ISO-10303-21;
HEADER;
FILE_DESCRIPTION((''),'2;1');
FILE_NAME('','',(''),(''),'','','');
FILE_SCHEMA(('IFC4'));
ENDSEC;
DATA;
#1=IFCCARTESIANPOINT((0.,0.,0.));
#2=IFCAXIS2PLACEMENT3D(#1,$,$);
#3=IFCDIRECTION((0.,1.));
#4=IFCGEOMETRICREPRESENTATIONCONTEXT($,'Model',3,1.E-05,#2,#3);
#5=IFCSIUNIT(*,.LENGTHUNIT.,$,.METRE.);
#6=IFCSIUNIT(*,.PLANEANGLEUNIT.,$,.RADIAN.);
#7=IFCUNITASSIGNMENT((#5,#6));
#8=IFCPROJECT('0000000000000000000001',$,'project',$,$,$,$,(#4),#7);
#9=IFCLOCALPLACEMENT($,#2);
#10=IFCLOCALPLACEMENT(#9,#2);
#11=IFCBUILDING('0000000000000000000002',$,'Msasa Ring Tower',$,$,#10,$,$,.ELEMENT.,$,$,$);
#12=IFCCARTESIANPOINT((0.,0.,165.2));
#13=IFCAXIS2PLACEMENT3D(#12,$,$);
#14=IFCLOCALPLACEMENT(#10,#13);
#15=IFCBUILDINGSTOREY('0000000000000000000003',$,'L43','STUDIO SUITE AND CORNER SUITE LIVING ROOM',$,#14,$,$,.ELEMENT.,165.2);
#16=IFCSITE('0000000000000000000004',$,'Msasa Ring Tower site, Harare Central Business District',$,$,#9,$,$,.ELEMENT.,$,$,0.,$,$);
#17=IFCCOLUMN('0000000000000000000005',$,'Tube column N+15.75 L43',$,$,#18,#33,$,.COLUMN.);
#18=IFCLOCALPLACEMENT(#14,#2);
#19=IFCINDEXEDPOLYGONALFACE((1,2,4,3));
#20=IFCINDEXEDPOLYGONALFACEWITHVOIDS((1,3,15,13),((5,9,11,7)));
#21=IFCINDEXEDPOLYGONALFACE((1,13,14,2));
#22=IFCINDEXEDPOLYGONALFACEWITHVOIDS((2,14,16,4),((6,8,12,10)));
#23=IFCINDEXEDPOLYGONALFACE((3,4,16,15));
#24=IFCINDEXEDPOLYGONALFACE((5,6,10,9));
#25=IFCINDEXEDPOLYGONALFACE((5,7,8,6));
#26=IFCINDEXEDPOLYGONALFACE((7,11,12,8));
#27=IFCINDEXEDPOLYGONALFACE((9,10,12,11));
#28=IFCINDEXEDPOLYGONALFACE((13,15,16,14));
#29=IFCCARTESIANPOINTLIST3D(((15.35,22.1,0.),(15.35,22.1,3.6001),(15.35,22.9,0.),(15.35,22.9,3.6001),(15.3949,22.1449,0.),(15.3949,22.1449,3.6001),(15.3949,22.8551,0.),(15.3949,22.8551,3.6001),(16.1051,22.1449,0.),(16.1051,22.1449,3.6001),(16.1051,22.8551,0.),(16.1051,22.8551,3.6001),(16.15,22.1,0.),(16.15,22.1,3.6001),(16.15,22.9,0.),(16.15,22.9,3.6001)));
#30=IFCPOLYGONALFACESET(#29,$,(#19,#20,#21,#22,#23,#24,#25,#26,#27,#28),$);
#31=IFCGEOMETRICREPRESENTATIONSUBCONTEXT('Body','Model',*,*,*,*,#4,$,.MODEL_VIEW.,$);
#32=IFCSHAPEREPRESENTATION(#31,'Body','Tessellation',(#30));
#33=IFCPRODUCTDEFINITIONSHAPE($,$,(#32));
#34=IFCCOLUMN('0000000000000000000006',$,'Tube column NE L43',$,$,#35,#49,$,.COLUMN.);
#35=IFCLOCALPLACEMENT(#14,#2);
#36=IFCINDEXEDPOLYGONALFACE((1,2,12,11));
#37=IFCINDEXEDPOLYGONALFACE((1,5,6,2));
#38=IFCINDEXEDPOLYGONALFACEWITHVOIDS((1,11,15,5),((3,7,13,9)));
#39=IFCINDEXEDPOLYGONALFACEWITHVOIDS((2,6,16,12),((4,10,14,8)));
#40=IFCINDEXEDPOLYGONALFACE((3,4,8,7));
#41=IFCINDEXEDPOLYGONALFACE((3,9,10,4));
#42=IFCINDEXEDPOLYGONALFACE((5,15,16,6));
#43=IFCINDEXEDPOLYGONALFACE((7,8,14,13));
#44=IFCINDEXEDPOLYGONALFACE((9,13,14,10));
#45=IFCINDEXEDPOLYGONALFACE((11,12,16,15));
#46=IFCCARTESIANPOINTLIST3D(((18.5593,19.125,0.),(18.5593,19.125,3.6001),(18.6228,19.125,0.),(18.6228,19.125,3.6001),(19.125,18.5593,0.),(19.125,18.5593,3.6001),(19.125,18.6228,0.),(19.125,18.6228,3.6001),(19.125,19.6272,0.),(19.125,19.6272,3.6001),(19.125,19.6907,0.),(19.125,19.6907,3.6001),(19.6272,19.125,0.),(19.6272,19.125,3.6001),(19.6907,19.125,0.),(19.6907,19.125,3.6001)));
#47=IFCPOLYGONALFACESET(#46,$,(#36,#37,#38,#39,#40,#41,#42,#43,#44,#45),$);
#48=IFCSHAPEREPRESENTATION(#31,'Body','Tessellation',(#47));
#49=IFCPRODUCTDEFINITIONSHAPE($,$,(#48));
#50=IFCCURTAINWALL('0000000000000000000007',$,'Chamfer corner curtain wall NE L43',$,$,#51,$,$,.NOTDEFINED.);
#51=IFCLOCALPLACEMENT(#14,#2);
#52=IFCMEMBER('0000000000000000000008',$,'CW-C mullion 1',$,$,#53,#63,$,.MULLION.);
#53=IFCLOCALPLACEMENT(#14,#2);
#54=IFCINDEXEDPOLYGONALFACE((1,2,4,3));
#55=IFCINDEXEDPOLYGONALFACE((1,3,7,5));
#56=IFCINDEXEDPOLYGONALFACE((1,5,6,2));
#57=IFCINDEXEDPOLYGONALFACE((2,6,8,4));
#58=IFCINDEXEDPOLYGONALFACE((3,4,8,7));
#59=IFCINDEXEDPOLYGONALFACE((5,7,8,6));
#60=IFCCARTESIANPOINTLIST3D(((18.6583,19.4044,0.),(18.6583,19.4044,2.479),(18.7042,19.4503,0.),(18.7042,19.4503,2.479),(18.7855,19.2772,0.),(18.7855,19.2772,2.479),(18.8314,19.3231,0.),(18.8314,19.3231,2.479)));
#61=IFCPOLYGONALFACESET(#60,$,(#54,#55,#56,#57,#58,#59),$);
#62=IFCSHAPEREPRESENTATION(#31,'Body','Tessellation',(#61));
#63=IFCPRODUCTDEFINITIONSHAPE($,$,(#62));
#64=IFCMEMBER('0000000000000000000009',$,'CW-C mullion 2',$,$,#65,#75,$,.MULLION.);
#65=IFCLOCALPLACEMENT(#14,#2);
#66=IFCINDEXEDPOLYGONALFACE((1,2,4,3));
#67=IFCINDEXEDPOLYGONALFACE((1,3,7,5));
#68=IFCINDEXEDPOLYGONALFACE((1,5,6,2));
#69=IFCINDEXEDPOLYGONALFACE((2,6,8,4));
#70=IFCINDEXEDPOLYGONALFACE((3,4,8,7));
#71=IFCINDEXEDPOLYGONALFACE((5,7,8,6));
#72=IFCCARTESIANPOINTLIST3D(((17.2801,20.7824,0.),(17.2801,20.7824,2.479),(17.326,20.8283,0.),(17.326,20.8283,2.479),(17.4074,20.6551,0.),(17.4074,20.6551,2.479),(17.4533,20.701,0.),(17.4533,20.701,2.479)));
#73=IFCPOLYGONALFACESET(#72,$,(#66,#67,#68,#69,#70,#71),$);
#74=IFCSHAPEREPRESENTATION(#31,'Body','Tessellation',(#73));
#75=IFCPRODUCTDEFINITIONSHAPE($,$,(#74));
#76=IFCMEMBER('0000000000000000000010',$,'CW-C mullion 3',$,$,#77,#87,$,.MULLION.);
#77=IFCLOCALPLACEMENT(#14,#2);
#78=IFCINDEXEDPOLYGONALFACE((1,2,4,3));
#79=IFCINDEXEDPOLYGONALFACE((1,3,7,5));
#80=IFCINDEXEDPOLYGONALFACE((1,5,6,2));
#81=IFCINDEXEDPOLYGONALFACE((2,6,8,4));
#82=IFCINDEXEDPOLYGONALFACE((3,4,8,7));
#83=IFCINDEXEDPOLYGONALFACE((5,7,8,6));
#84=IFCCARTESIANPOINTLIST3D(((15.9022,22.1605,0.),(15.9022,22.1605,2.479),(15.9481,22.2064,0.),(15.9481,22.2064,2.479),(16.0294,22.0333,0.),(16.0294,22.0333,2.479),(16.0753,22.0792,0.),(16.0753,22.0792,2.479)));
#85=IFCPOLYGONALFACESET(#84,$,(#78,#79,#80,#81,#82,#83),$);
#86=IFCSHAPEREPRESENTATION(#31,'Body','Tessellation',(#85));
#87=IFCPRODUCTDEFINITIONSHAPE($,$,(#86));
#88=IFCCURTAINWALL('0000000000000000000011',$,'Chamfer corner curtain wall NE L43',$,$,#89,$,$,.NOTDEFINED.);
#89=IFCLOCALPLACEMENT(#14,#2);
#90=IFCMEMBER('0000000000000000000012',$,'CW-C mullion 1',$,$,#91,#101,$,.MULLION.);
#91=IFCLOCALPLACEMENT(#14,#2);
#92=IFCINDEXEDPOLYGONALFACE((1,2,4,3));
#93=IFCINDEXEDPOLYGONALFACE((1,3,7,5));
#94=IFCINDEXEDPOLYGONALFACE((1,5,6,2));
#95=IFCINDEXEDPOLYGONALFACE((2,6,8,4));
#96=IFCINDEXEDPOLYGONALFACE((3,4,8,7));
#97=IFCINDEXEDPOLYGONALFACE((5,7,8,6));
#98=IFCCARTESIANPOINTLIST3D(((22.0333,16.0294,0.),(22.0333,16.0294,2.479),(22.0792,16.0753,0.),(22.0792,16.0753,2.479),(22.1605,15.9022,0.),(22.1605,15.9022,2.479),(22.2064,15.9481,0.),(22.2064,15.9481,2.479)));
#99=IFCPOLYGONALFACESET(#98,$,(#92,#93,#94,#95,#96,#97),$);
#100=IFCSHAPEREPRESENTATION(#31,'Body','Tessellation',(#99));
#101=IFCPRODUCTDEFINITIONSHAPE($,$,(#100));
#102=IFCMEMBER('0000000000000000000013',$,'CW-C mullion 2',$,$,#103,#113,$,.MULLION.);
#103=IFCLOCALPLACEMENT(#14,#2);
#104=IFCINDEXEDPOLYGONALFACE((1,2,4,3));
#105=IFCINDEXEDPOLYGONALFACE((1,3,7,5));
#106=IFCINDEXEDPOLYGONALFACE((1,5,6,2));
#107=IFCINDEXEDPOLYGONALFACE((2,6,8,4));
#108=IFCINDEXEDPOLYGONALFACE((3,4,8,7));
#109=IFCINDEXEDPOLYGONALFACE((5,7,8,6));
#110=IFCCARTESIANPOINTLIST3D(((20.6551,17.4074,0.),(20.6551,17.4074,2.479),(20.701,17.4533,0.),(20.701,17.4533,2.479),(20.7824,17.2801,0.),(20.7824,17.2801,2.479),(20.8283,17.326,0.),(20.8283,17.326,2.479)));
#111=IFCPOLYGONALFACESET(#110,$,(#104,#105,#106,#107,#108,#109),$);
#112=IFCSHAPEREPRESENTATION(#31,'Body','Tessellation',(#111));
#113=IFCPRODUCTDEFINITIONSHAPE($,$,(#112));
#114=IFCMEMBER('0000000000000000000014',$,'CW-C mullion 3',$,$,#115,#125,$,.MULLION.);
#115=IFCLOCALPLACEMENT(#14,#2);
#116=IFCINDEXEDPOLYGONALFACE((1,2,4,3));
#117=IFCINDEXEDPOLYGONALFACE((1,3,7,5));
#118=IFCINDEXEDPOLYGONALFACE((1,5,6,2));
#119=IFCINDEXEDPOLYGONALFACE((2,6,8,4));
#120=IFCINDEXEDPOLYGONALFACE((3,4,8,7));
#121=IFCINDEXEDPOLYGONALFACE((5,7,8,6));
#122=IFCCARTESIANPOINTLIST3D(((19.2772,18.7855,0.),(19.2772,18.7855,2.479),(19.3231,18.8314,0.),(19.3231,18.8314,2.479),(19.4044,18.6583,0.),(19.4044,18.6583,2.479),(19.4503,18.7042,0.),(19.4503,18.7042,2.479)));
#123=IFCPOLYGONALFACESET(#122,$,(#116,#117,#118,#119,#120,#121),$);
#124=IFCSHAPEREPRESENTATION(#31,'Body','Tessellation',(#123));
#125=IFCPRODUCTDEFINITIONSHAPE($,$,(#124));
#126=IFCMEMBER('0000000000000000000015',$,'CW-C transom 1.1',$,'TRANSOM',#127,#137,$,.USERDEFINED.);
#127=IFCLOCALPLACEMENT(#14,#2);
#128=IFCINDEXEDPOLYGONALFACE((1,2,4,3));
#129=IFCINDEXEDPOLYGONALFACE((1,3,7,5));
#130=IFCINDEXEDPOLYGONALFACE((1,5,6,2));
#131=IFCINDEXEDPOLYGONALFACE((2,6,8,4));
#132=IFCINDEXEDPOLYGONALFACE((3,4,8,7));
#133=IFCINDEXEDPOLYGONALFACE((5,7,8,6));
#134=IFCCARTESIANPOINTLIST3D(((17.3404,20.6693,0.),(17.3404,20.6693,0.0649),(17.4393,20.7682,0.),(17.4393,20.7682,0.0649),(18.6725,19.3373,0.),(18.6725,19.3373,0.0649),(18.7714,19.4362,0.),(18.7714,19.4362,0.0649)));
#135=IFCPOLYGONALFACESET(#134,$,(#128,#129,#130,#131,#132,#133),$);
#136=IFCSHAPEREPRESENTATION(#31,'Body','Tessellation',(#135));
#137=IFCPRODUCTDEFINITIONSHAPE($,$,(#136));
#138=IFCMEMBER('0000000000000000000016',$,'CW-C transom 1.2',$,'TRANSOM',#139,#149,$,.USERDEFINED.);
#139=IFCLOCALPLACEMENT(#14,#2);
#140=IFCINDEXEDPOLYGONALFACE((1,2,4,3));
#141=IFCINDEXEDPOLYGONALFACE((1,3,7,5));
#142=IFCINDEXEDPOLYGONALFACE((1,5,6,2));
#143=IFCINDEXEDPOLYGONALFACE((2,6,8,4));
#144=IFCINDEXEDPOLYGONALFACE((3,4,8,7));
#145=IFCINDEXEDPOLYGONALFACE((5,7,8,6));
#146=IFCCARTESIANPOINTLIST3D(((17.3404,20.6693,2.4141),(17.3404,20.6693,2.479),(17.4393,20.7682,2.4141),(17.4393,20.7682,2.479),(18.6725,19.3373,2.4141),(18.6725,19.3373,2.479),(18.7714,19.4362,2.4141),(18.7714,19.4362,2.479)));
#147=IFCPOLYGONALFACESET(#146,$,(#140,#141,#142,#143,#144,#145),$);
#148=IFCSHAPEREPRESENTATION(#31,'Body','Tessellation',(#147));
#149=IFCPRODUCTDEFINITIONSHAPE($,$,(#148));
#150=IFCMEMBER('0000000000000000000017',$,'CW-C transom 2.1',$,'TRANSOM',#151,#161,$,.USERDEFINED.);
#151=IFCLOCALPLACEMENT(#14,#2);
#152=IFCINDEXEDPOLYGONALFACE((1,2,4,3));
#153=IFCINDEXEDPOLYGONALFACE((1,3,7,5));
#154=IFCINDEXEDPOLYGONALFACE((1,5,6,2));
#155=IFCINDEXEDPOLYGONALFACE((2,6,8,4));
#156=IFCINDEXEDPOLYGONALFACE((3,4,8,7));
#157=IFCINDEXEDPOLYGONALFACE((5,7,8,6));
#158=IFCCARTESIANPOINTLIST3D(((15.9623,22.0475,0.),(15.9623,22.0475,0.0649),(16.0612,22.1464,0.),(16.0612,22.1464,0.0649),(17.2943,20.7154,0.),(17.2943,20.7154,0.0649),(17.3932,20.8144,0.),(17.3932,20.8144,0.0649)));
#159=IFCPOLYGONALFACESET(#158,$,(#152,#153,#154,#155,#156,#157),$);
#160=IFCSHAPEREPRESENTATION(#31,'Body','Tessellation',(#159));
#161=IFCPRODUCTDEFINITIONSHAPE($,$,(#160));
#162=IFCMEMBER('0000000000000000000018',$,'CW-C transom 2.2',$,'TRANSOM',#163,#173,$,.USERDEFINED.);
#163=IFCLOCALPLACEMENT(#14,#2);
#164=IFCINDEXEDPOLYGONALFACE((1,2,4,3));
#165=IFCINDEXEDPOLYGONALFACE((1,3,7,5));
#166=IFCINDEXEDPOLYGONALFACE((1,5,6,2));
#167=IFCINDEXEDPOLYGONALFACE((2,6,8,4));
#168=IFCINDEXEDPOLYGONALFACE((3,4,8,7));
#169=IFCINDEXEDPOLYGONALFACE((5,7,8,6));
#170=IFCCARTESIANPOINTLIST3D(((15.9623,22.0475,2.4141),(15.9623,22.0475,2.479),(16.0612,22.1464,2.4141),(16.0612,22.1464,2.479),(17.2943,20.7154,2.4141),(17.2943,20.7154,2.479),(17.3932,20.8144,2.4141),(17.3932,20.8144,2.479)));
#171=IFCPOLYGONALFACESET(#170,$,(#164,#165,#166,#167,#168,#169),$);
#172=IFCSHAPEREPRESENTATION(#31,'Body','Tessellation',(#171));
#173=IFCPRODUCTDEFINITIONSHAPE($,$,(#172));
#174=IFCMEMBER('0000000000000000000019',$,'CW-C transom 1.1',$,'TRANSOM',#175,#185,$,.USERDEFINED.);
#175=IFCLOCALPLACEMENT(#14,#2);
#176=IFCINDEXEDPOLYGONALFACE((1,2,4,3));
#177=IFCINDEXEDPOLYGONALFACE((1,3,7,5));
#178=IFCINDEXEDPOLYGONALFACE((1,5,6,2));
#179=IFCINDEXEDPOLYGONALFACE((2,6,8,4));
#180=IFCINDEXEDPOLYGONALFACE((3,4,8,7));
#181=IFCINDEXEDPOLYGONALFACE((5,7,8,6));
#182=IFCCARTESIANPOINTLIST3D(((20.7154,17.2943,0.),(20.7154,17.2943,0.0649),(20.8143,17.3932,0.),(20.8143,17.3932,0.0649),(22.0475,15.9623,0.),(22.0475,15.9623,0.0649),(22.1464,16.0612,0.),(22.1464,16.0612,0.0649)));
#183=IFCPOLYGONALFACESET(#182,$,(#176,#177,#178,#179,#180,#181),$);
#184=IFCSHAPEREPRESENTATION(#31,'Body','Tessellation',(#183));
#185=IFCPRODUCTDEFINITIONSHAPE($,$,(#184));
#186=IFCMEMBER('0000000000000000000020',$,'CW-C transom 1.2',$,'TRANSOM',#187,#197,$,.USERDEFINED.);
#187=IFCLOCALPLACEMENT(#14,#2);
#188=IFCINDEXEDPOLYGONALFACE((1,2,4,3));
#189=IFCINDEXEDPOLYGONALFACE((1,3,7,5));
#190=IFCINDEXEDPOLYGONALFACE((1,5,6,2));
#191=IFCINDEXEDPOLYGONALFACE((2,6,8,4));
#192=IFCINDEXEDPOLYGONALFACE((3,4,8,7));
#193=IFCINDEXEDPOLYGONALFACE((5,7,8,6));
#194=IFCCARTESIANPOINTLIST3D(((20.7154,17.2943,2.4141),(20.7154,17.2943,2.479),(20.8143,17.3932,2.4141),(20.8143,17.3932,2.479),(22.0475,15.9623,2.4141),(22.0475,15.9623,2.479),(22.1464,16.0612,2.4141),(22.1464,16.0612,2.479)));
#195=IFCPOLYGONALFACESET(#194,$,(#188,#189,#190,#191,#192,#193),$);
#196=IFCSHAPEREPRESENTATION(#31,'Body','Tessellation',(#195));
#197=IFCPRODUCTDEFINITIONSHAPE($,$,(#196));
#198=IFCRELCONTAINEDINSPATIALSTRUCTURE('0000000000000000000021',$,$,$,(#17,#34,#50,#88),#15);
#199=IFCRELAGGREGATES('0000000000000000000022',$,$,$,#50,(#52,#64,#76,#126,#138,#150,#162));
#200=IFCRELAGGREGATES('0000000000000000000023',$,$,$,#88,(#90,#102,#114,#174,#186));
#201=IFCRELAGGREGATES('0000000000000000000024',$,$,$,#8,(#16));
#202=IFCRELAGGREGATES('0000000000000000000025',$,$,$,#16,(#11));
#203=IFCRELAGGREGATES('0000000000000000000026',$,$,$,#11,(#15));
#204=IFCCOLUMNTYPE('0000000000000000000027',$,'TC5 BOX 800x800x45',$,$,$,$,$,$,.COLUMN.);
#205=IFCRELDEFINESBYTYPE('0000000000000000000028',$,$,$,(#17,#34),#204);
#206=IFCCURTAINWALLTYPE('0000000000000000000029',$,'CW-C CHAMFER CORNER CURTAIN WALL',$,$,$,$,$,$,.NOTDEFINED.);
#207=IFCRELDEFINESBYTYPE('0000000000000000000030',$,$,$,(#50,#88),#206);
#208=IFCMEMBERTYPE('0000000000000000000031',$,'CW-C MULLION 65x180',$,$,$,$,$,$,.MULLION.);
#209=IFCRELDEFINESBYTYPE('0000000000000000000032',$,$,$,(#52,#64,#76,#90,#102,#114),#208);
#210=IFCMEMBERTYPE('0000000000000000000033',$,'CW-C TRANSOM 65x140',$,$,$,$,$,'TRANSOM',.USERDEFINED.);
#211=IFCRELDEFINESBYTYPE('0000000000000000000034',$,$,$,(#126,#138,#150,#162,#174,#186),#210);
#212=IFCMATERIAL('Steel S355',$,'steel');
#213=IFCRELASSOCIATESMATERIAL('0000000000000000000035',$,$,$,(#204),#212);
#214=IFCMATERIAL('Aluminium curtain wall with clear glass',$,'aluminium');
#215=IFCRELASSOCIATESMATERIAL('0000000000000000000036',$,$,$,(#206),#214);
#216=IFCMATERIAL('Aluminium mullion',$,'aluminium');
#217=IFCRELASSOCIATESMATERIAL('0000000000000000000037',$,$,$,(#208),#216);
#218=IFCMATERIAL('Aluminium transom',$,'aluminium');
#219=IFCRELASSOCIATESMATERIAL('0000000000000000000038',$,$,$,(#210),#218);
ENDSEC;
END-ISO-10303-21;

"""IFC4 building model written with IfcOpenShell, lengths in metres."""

from ifc_helpers import new_model, si_unit, direction, frame, origin, origin_2d, place, context, subcontext, project, spatial, rectangle, hollow_rectangle, extrude, material, material_profile, profile_set, type_object, element, aggregate, save


model = new_model("IFC4")

# Units and contexts
model_context = context("Model", 3, precision=1e-05, world=origin(), true_north=direction((0.0, 1.0)))
body_context = subcontext(model_context, "Body", "Model", "MODEL_VIEW")
ifc_project = project(units=[si_unit("LENGTHUNIT", "METRE"), si_unit("PLANEANGLEUNIT", "RADIAN")], contexts=[model_context])

# Site, building, storey
site_placement = place(None, origin())
site = spatial("IfcSite", under=ifc_project, at=site_placement, Name="Msasa Ring Tower site, Harare Central Business District", CompositionType="ELEMENT", RefElevation=0.0)
building_placement = place(site_placement, origin())
building = spatial("IfcBuilding", under=site, at=building_placement, Name="Msasa Ring Tower", CompositionType="ELEMENT")
storey_placement = place(building_placement, frame((0.0, 0.0, 165.2)))
storey = spatial("IfcBuildingStorey", under=building, at=storey_placement, Name="L43", Description="STUDIO SUITE AND CORNER SUITE LIVING ROOM", CompositionType="ELEMENT", Elevation=165.2)

# Columns
ifc_material_1 = material(Name="Steel S355", Category="steel")
ifc_material_profile_1 = material_profile(ifc_material_1, hollow_rectangle(XDim=0.8, YDim=0.8, WallThickness=0.0449, at=origin_2d()), Name="BOX 800x800x45")
ifc_profile_set_1 = profile_set([ifc_material_profile_1], Name="Steel S355")
column_type = type_object("IfcColumnType", Name="TC5 BOX 800x800x45", PredefinedType="COLUMN", material=ifc_profile_set_1)
for number, where, z_axis, x_axis, name in (
    (1, (15.75, 22.5, 0.0), (0.0, 0.0, 1.0), (0.0, 1.0, 0.0), "Tube column N+15.75 L43"),
    (2, (19.125, 19.125, 0.0), (0.0, 0.0, 1.0), (0.707107, 0.707107, 0.0), "Tube column NE L43"),
):
    element("IfcColumn", number, at=place(storey_placement, frame(where, z_axis=z_axis, x_axis=x_axis)), inside=storey, type_object=column_type, Name=name, PredefinedType="COLUMN", context=body_context, shape_type="SweptSolid", body=[
        extrude(hollow_rectangle(XDim=0.8, YDim=0.8, WallThickness=0.0449, at=origin_2d()), origin(), (0.0, 0.0, 1.0), 3.6001),
    ])

# Curtain walls, members
ifc_material_2 = material(Name="Aluminium curtain wall with clear glass", Category="aluminium")
curtain_wall_type = type_object("IfcCurtainWallType", Name="CW-C CHAMFER CORNER CURTAIN WALL", PredefinedType="NOTDEFINED", material=ifc_material_2)
curtain_wall_1_placement = place(storey_placement, origin())
curtain_wall_1 = element("IfcCurtainWall", 3, at=curtain_wall_1_placement, inside=storey, type_object=curtain_wall_type, Name="Chamfer corner curtain wall NE L43", PredefinedType="NOTDEFINED")
ifc_material_3 = material(Name="Aluminium mullion", Category="aluminium")
ifc_material_profile_2 = material_profile(ifc_material_3, rectangle(XDim=0.0649, YDim=0.1799, at=origin_2d()), Name="AL 65x180")
ifc_profile_set_2 = profile_set([ifc_material_profile_2], Name="Aluminium mullion")
member_type_1 = type_object("IfcMemberType", Name="CW-C MULLION 65x180", PredefinedType="MULLION", material=ifc_profile_set_2)
member_1_placement = place(storey_placement, frame((18.7449, 19.3638, 0.0), z_axis=(0.0, 0.0, 1.0), x_axis=(-0.707107, -0.707107, 0.0)))
member_1 = element("IfcMember", 4, at=member_1_placement, type_object=member_type_1, Name="CW-C mullion 1", PredefinedType="MULLION", context=body_context, shape_type="SweptSolid", body=[
    extrude(rectangle(XDim=0.0649, YDim=0.1799, at=origin_2d()), origin(), (0.0, 0.0, 1.0), 2.479),
])
member_2_placement = place(storey_placement, frame((17.3667, 20.7417, 0.0), z_axis=(0.0, 0.0, 1.0), x_axis=(-0.707107, -0.707107, 0.0)))
member_2 = element("IfcMember", 5, at=member_2_placement, type_object=member_type_1, Name="CW-C mullion 2", PredefinedType="MULLION", context=body_context, shape_type="SweptSolid", body=[
    extrude(rectangle(XDim=0.0649, YDim=0.1799, at=origin_2d()), origin(), (0.0, 0.0, 1.0), 2.479),
])
member_3_placement = place(storey_placement, frame((15.9888, 22.1199, 0.0), z_axis=(0.0, 0.0, 1.0), x_axis=(-0.707107, -0.707107, 0.0)))
member_3 = element("IfcMember", 6, at=member_3_placement, type_object=member_type_1, Name="CW-C mullion 3", PredefinedType="MULLION", context=body_context, shape_type="SweptSolid", body=[
    extrude(rectangle(XDim=0.0649, YDim=0.1799, at=origin_2d()), origin(), (0.0, 0.0, 1.0), 2.479),
])
curtain_wall_2_placement = place(storey_placement, origin())
curtain_wall_2 = element("IfcCurtainWall", 7, at=curtain_wall_2_placement, inside=storey, type_object=curtain_wall_type, Name="Chamfer corner curtain wall NE L43", PredefinedType="NOTDEFINED")
member_4_placement = place(storey_placement, frame((22.1199, 15.9888, 0.0), z_axis=(0.0, 0.0, 1.0), x_axis=(-0.707107, -0.707107, 0.0)))
member_4 = element("IfcMember", 8, at=member_4_placement, type_object=member_type_1, Name="CW-C mullion 1", PredefinedType="MULLION", context=body_context, shape_type="SweptSolid", body=[
    extrude(rectangle(XDim=0.0649, YDim=0.1799, at=origin_2d()), origin(), (0.0, 0.0, 1.0), 2.479),
])
member_5_placement = place(storey_placement, frame((20.7417, 17.3667, 0.0), z_axis=(0.0, 0.0, 1.0), x_axis=(-0.707107, -0.707107, 0.0)))
member_5 = element("IfcMember", 9, at=member_5_placement, type_object=member_type_1, Name="CW-C mullion 2", PredefinedType="MULLION", context=body_context, shape_type="SweptSolid", body=[
    extrude(rectangle(XDim=0.0649, YDim=0.1799, at=origin_2d()), origin(), (0.0, 0.0, 1.0), 2.479),
])
member_6_placement = place(storey_placement, frame((19.3638, 18.7449, 0.0), z_axis=(0.0, 0.0, 1.0), x_axis=(-0.707107, -0.707107, 0.0)))
member_6 = element("IfcMember", 10, at=member_6_placement, type_object=member_type_1, Name="CW-C mullion 3", PredefinedType="MULLION", context=body_context, shape_type="SweptSolid", body=[
    extrude(rectangle(XDim=0.0649, YDim=0.1799, at=origin_2d()), origin(), (0.0, 0.0, 1.0), 2.479),
])

# Members
ifc_material_4 = material(Name="Aluminium transom", Category="aluminium")
ifc_material_profile_3 = material_profile(ifc_material_4, rectangle(XDim=0.1399, YDim=0.0649, at=origin_2d()), Name="AL 65x140")
ifc_profile_set_3 = profile_set([ifc_material_profile_3], Name="Aluminium transom")
member_type_2 = type_object("IfcMemberType", Name="CW-C TRANSOM 65x140", ElementType="TRANSOM", PredefinedType="USERDEFINED", material=ifc_profile_set_3)
member_7_placement = place(storey_placement, frame((18.7219, 19.3867, 0.0325), z_axis=(-0.707107, 0.707107, 0.0), x_axis=(-0.707107, -0.707107, 0.0)))
member_7 = element("IfcMember", 11, at=member_7_placement, type_object=member_type_2, Name="CW-C transom 1.1", ObjectType="TRANSOM", PredefinedType="USERDEFINED", context=body_context, shape_type="SweptSolid", body=[
    extrude(rectangle(XDim=0.1399, YDim=0.0649, at=origin_2d()), origin(), (0.0, 0.0, 1.0), 1.8838),
])
member_8_placement = place(storey_placement, frame((18.7219, 19.3867, 2.4465), z_axis=(-0.707107, 0.707107, 0.0), x_axis=(-0.707107, -0.707107, 0.0)))
member_8 = element("IfcMember", 12, at=member_8_placement, type_object=member_type_2, Name="CW-C transom 1.2", ObjectType="TRANSOM", PredefinedType="USERDEFINED", context=body_context, shape_type="SweptSolid", body=[
    extrude(rectangle(XDim=0.1399, YDim=0.0649, at=origin_2d()), origin(), (0.0, 0.0, 1.0), 1.8838),
])
member_9_placement = place(storey_placement, frame((17.3438, 20.7649, 0.0325), z_axis=(-0.707107, 0.707107, 0.0), x_axis=(-0.707107, -0.707107, 0.0)))
member_9 = element("IfcMember", 13, at=member_9_placement, type_object=member_type_2, Name="CW-C transom 2.1", ObjectType="TRANSOM", PredefinedType="USERDEFINED", context=body_context, shape_type="SweptSolid", body=[
    extrude(rectangle(XDim=0.1399, YDim=0.0649, at=origin_2d()), origin(), (0.0, 0.0, 1.0), 1.8838),
])
member_10_placement = place(storey_placement, frame((17.3438, 20.7649, 2.4465), z_axis=(-0.707107, 0.707107, 0.0), x_axis=(-0.707107, -0.707107, 0.0)))
member_10 = element("IfcMember", 14, at=member_10_placement, type_object=member_type_2, Name="CW-C transom 2.2", ObjectType="TRANSOM", PredefinedType="USERDEFINED", context=body_context, shape_type="SweptSolid", body=[
    extrude(rectangle(XDim=0.1399, YDim=0.0649, at=origin_2d()), origin(), (0.0, 0.0, 1.0), 1.8838),
])
member_11_placement = place(storey_placement, frame((22.0969, 16.0117, 0.0325), z_axis=(-0.707107, 0.707107, 0.0), x_axis=(-0.707107, -0.707107, 0.0)))
member_11 = element("IfcMember", 15, at=member_11_placement, type_object=member_type_2, Name="CW-C transom 1.1", ObjectType="TRANSOM", PredefinedType="USERDEFINED", context=body_context, shape_type="SweptSolid", body=[
    extrude(rectangle(XDim=0.1399, YDim=0.0649, at=origin_2d()), origin(), (0.0, 0.0, 1.0), 1.8838),
])
member_12_placement = place(storey_placement, frame((22.0969, 16.0117, 2.4465), z_axis=(-0.707107, 0.707107, 0.0), x_axis=(-0.707107, -0.707107, 0.0)))
member_12 = element("IfcMember", 16, at=member_12_placement, type_object=member_type_2, Name="CW-C transom 1.2", ObjectType="TRANSOM", PredefinedType="USERDEFINED", context=body_context, shape_type="SweptSolid", body=[
    extrude(rectangle(XDim=0.1399, YDim=0.0649, at=origin_2d()), origin(), (0.0, 0.0, 1.0), 1.8838),
])

aggregate(curtain_wall_1, [member_1, member_2, member_3, member_7, member_8, member_9, member_10])
aggregate(curtain_wall_2, [member_4, member_5, member_6, member_11, member_12])

save(model, "model.ifc")
